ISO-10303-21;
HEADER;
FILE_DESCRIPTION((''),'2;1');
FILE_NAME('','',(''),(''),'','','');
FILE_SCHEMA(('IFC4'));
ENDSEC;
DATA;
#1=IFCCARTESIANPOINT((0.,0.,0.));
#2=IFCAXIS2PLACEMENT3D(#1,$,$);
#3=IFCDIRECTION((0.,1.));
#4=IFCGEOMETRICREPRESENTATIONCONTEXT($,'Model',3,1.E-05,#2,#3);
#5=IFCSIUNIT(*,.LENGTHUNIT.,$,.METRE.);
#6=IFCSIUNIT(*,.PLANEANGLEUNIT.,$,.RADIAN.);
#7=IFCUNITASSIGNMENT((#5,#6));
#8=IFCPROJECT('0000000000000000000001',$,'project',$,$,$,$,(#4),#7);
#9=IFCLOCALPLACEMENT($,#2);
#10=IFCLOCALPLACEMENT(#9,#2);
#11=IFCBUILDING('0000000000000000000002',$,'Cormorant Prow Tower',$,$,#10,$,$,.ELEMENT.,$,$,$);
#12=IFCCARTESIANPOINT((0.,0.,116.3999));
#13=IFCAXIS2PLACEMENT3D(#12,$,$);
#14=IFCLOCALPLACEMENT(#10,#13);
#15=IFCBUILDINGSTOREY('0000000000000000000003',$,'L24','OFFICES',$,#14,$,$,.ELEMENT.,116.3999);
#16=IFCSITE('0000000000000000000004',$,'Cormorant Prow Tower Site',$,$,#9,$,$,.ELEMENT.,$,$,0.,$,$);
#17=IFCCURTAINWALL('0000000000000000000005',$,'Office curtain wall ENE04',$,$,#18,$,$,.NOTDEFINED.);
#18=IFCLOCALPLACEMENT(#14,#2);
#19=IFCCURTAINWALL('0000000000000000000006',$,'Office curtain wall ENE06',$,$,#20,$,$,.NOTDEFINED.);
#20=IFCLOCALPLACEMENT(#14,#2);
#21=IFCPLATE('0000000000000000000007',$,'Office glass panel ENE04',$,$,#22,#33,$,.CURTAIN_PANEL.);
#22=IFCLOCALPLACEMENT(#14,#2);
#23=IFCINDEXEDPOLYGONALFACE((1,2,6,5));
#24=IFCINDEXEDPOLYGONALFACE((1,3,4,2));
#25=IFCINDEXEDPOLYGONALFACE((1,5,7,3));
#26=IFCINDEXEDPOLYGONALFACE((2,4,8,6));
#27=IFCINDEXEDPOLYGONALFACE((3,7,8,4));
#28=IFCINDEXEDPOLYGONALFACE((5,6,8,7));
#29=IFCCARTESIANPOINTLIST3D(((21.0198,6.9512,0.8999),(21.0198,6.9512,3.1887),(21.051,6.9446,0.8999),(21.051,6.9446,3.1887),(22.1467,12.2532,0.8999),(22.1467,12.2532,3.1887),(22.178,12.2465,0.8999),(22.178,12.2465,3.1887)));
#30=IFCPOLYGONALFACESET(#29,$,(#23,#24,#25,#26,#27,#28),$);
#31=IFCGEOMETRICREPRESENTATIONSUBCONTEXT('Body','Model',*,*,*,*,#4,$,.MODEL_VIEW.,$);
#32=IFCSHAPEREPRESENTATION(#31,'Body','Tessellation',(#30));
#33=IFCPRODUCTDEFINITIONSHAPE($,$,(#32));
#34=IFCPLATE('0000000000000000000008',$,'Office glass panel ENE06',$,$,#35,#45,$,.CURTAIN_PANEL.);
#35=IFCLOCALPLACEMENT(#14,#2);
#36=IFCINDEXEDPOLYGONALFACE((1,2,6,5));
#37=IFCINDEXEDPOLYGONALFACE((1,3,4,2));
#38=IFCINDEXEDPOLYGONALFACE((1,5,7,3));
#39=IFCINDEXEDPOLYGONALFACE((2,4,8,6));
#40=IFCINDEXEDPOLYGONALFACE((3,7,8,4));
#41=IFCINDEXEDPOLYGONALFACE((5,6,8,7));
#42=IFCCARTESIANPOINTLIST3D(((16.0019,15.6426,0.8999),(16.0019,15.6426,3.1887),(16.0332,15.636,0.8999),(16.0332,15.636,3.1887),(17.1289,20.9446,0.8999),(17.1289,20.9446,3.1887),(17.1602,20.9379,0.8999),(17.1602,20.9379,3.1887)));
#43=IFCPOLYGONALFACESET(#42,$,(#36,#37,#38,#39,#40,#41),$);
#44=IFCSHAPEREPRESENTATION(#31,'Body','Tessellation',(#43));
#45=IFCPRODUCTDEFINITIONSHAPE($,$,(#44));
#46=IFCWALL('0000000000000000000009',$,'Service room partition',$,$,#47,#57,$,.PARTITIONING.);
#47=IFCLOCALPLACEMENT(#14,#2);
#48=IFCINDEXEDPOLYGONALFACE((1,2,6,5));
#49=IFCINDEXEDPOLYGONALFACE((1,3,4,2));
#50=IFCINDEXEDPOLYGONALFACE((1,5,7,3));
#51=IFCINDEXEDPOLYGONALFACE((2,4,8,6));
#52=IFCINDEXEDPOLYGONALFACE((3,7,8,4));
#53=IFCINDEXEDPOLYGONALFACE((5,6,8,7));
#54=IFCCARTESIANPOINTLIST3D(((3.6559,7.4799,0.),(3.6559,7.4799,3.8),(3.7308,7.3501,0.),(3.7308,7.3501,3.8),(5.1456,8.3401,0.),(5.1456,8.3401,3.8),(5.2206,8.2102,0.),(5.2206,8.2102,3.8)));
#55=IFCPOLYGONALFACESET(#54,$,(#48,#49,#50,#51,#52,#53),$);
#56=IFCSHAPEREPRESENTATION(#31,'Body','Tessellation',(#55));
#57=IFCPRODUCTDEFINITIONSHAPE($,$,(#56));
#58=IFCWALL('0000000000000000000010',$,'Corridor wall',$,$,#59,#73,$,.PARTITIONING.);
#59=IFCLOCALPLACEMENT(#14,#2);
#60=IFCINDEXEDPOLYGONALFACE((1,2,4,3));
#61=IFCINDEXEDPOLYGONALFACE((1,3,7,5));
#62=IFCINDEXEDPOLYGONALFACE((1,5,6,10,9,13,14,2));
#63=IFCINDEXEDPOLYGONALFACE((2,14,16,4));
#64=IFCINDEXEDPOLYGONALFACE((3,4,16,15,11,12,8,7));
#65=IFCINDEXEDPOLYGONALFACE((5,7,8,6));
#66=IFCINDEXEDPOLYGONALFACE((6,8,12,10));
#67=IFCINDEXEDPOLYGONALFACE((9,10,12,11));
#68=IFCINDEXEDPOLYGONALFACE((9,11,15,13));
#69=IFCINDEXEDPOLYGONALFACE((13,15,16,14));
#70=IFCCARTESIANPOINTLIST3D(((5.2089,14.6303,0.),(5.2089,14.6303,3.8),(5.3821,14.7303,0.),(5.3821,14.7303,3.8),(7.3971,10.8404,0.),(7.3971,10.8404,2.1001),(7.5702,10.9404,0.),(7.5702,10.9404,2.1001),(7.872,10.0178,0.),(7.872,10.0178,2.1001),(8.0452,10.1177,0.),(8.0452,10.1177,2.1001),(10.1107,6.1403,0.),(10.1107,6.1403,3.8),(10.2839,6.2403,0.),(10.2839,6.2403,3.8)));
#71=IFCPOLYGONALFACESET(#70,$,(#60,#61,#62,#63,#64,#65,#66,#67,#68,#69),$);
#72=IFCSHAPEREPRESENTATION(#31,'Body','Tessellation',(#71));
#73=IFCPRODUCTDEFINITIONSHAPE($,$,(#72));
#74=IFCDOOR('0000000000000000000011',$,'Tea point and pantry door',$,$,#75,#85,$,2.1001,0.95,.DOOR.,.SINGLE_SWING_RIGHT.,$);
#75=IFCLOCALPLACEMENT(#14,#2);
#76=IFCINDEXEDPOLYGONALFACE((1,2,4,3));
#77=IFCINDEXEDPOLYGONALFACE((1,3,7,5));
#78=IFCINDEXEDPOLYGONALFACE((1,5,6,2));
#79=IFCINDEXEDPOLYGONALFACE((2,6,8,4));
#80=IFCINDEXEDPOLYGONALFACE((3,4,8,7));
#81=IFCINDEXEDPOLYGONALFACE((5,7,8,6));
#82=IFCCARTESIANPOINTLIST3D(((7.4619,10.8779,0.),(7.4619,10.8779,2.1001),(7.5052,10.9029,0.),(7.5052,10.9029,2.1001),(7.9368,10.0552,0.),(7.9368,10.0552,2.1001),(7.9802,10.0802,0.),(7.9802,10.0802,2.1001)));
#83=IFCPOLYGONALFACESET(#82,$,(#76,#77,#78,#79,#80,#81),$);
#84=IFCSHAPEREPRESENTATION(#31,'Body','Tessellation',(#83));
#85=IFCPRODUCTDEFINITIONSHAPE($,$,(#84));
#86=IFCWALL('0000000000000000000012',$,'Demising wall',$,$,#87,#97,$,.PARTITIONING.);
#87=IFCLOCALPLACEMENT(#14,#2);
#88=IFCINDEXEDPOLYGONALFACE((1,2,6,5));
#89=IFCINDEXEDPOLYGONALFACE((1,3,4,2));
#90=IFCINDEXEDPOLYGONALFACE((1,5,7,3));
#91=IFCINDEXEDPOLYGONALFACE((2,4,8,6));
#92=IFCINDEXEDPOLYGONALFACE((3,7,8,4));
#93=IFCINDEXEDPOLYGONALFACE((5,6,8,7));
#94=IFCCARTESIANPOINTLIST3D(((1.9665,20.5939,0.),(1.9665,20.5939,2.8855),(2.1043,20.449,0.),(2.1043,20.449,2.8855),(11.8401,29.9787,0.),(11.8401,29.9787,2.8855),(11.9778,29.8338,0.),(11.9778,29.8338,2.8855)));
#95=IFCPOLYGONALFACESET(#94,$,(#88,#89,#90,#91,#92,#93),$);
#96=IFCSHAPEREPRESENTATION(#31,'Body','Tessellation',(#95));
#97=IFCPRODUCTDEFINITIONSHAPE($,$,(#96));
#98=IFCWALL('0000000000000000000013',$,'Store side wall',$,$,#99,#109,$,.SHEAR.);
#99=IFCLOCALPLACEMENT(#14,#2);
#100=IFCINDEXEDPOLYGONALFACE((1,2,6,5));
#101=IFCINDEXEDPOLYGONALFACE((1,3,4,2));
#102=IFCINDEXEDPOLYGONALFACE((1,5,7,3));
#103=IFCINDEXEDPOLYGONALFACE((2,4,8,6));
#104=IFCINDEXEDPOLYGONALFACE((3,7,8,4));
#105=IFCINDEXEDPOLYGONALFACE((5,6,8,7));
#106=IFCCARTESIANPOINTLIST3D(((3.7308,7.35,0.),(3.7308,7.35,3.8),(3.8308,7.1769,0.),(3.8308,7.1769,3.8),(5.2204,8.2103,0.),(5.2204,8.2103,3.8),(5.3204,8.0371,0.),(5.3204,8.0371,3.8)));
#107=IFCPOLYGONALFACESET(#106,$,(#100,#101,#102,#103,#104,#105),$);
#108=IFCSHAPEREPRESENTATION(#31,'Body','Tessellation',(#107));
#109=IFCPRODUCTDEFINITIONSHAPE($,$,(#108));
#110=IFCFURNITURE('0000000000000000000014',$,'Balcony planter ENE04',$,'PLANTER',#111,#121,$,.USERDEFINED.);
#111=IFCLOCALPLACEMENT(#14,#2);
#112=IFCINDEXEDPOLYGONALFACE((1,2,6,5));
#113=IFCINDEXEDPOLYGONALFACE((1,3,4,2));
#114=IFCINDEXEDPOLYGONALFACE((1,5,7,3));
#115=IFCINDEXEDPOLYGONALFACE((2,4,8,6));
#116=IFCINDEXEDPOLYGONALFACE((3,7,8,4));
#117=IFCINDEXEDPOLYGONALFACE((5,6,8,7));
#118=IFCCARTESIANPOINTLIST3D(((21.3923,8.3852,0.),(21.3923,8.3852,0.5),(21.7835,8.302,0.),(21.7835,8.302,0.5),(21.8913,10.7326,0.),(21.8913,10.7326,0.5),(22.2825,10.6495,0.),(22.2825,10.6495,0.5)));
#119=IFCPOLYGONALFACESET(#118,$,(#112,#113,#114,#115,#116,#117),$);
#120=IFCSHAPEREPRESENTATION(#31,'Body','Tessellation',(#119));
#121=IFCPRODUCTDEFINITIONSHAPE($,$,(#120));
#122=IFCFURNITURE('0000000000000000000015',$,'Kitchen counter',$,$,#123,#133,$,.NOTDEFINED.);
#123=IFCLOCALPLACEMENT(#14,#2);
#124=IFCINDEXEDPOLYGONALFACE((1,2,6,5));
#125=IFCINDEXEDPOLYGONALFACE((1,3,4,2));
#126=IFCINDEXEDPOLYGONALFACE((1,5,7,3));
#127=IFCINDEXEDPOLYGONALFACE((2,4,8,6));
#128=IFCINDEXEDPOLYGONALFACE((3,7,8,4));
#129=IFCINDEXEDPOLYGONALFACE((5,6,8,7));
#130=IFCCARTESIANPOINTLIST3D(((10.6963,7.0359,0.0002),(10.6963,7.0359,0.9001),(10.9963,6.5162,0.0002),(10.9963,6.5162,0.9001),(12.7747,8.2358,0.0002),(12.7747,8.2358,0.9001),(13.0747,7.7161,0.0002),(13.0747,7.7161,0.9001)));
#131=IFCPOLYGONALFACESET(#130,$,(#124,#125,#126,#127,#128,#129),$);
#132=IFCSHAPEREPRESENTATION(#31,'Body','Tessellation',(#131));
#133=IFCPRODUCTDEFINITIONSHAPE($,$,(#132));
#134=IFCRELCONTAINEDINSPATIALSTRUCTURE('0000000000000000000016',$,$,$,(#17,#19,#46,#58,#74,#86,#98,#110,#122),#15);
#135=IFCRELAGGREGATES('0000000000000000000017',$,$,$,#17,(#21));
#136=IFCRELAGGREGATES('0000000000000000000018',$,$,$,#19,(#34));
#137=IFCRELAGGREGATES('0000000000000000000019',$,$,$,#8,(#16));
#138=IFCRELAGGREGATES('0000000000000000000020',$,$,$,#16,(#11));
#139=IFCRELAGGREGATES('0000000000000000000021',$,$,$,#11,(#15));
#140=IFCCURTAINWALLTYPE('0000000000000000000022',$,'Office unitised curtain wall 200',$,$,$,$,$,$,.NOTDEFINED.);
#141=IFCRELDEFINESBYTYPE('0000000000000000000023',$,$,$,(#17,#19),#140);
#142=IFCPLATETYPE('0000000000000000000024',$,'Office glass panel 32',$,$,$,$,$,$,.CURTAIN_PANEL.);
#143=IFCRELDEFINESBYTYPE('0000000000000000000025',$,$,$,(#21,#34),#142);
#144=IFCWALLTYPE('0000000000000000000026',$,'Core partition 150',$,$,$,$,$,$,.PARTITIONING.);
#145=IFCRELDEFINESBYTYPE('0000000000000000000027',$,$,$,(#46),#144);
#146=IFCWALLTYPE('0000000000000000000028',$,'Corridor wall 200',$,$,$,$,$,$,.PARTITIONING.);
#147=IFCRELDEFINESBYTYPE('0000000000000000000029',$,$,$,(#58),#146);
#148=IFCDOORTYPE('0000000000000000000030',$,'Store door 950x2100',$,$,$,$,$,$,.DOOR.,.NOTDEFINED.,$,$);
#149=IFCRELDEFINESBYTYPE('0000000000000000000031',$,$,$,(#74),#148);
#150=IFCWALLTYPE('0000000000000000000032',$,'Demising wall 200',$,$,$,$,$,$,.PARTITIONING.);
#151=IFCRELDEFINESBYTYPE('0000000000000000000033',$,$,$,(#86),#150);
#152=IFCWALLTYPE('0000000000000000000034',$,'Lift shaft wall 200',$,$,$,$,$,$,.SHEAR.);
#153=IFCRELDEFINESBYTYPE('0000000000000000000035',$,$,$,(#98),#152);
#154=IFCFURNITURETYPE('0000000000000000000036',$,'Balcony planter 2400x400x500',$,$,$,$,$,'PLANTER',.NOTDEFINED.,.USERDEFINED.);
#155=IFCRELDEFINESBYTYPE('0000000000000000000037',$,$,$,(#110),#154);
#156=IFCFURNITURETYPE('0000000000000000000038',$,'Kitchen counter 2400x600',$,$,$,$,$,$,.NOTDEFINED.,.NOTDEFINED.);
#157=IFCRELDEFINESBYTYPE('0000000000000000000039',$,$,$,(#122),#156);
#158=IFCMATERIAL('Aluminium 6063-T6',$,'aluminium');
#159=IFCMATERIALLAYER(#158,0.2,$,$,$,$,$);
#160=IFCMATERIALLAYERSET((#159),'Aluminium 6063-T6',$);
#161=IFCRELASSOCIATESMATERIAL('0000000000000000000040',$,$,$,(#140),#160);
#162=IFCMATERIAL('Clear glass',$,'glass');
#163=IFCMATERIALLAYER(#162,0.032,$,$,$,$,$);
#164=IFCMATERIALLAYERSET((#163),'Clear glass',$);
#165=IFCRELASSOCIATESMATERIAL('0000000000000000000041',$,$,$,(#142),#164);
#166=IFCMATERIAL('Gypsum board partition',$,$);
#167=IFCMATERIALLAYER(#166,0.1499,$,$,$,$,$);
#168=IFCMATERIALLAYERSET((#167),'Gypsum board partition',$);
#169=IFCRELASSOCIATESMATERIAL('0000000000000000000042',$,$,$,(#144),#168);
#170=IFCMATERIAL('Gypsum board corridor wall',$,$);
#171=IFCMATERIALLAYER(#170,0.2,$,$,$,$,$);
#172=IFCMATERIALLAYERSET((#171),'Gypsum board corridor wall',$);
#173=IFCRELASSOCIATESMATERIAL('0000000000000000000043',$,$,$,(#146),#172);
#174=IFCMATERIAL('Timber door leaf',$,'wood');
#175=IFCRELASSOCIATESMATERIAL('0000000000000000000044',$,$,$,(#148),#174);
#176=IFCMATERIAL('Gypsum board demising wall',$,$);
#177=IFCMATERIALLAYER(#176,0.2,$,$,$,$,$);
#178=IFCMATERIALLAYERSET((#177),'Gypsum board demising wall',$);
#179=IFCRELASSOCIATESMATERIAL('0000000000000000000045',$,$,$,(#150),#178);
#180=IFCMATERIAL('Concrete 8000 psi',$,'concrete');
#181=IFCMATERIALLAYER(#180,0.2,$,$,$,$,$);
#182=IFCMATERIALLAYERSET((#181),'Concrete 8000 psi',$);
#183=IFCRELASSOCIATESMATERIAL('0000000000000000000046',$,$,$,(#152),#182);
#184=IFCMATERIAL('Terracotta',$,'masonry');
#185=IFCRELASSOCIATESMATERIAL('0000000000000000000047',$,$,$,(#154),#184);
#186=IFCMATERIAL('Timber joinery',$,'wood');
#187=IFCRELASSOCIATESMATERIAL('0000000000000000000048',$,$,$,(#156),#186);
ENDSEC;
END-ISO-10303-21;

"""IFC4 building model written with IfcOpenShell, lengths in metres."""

from ifc_helpers import new_model, si_unit, direction, frame, frame_2d, origin, origin_2d, place, context, subcontext, project, spatial, rectangle, extrude, material, layer, layer_set, type_object, element, fill, aggregate, save


model = new_model("IFC4")

# Units and contexts
model_context = context("Model", 3, precision=1e-05, world=origin(), true_north=direction((0.0, 1.0)))
body_context = subcontext(model_context, "Body", "Model", "MODEL_VIEW")
ifc_project = project(units=[si_unit("LENGTHUNIT", "METRE"), si_unit("PLANEANGLEUNIT", "RADIAN")], contexts=[model_context])

# Site, building, storey
site_placement = place(None, origin())
site = spatial("IfcSite", under=ifc_project, at=site_placement, Name="Cormorant Prow Tower Site", CompositionType="ELEMENT", RefElevation=0.0)
building_placement = place(site_placement, origin())
building = spatial("IfcBuilding", under=site, at=building_placement, Name="Cormorant Prow Tower", CompositionType="ELEMENT")
storey_placement = place(building_placement, frame((0.0, 0.0, 116.3999)))
storey = spatial("IfcBuildingStorey", under=building, at=storey_placement, Name="L24", Description="OFFICES", CompositionType="ELEMENT", Elevation=116.3999)

# Curtain walls
ifc_material_1 = material(Name="Aluminium 6063-T6", Category="aluminium")
ifc_layer_1 = layer(ifc_material_1, 0.2)
ifc_layer_set_1 = layer_set([ifc_layer_1], Name="Aluminium 6063-T6")
curtain_wall_type = type_object("IfcCurtainWallType", Name="Office unitised curtain wall 200", PredefinedType="NOTDEFINED", material=ifc_layer_set_1)
curtain_wall_1_placement = place(storey_placement, origin())
curtain_wall_1 = element("IfcCurtainWall", 1, at=curtain_wall_1_placement, inside=storey, type_object=curtain_wall_type, Name="Office curtain wall ENE04", PredefinedType="NOTDEFINED")
curtain_wall_2_placement = place(storey_placement, origin())
curtain_wall_2 = element("IfcCurtainWall", 2, at=curtain_wall_2_placement, inside=storey, type_object=curtain_wall_type, Name="Office curtain wall ENE06", PredefinedType="NOTDEFINED")

# Plates
ifc_material_2 = material(Name="Clear glass", Category="glass")
ifc_layer_2 = layer(ifc_material_2, 0.032)
ifc_layer_set_2 = layer_set([ifc_layer_2], Name="Clear glass")
plate_type = type_object("IfcPlateType", Name="Office glass panel 32", PredefinedType="CURTAIN_PANEL", material=ifc_layer_set_2)
plate_1_placement = place(storey_placement, frame((21.5989, 9.5989, 0.8999), z_axis=(0.0, 0.0, 1.0), x_axis=(0.207912, 0.978148, 0.0)))
plate_1 = element("IfcPlate", 3, at=plate_1_placement, type_object=plate_type, Name="Office glass panel ENE04", PredefinedType="CURTAIN_PANEL", context=body_context, shape_type="SweptSolid", body=[
    extrude(rectangle(XDim=5.4204, YDim=0.032, at=origin_2d()), origin(), (0.0, 0.0, 1.0), 2.2888),
])
aggregate(curtain_wall_1, [plate_1])
plate_2_placement = place(storey_placement, frame((16.5811, 18.2903, 0.8999), z_axis=(0.0, 0.0, 1.0), x_axis=(0.207912, 0.978148, 0.0)))
plate_2 = element("IfcPlate", 4, at=plate_2_placement, type_object=plate_type, Name="Office glass panel ENE06", PredefinedType="CURTAIN_PANEL", context=body_context, shape_type="SweptSolid", body=[
    extrude(rectangle(XDim=5.4204, YDim=0.032, at=origin_2d()), origin(), (0.0, 0.0, 1.0), 2.2888),
])
aggregate(curtain_wall_2, [plate_2])

# Wall
ifc_material_3 = material(Name="Gypsum board partition")
ifc_layer_3 = layer(ifc_material_3, 0.1499)
ifc_layer_set_3 = layer_set([ifc_layer_3], Name="Gypsum board partition")
wall_type_1 = type_object("IfcWallType", Name="Core partition 150", PredefinedType="PARTITIONING", material=ifc_layer_set_3)
wall_1_placement = place(storey_placement, frame((3.6934, 7.415, 0.0), z_axis=(0.0, 0.0, 1.0), x_axis=(0.866025, 0.500001, 0.0)))
element("IfcWall", 5, at=wall_1_placement, inside=storey, type_object=wall_type_1, Name="Service room partition", PredefinedType="PARTITIONING", context=body_context, shape_type="SweptSolid", body=[
    extrude(rectangle(XDim=1.7202, YDim=0.1499, at=frame_2d((0.8601, 0.0))), origin(), (0.0, 0.0, 1.0), 3.8),
])

# Wall, opening, door
ifc_material_4 = material(Name="Gypsum board corridor wall")
ifc_layer_4 = layer(ifc_material_4, 0.2)
ifc_layer_set_4 = layer_set([ifc_layer_4], Name="Gypsum board corridor wall")
wall_type_2 = type_object("IfcWallType", Name="Corridor wall 200", PredefinedType="PARTITIONING", material=ifc_layer_set_4)
wall_2_placement = place(storey_placement, frame((5.2954, 14.6804, 0.0), z_axis=(0.0, 0.0, 1.0), x_axis=(0.500012, -0.866018, 0.0)))
wall_2 = element("IfcWall", 6, at=wall_2_placement, inside=storey, type_object=wall_type_2, Name="Corridor wall", PredefinedType="PARTITIONING", context=body_context, shape_type="SweptSolid", body=[
    extrude(rectangle(XDim=9.8035, YDim=0.2, at=frame_2d((4.9019, 0.0))), origin(), (0.0, 0.0, 1.0), 3.8),
])
opening_1_placement = place(wall_2_placement, frame((4.3762, 0.0, 0.0)))
opening_1 = element("IfcOpeningElement", 7, at=opening_1_placement, cuts=wall_2, PredefinedType="OPENING", context=body_context, shape_type="SweptSolid", body=[
    extrude(rectangle(XDim=0.95, YDim=2.1001, at=frame_2d((0.4751, 1.05))), frame((0.0, 0.1099, 0.0), z_axis=(0.0, -1.0, 0.0), x_axis=(1.0, 0.0, 0.0)), (0.0, 0.0, 1.0), 0.22),
])
ifc_material_5 = material(Name="Timber door leaf", Category="wood")
door_type_1 = type_object("IfcDoorType", Name="Store door 950x2100", OperationType="NOTDEFINED", PredefinedType="DOOR", material=ifc_material_5)
door_1_placement = place(opening_1_placement, origin())
door_1 = element("IfcDoor", 8, at=door_1_placement, inside=storey, type_object=door_type_1, Name="Tea point and pantry door", OperationType="SINGLE_SWING_RIGHT", OverallHeight=2.1001, OverallWidth=0.95, PredefinedType="DOOR", context=body_context, shape_type="SweptSolid", body=[
    extrude(rectangle(XDim=0.95, YDim=2.1001, at=frame_2d((0.4751, 1.05))), frame((0.0, 0.0249, 0.0), z_axis=(0.0, -1.0, 0.0), x_axis=(1.0, 0.0, 0.0)), (0.0, 0.0, 1.0), 0.05),
])
fill(opening_1, door_1)

# Walls
ifc_material_6 = material(Name="Gypsum board demising wall")
ifc_layer_5 = layer(ifc_material_6, 0.2)
ifc_layer_set_5 = layer_set([ifc_layer_5], Name="Gypsum board demising wall")
wall_type_3 = type_object("IfcWallType", Name="Demising wall 200", PredefinedType="PARTITIONING", material=ifc_layer_set_5)
wall_3_placement = place(storey_placement, frame((2.0354, 20.5215, 0.0), z_axis=(0.0, 0.0, 1.0), x_axis=(0.72482, 0.688939, 0.0)))
element("IfcWall", 9, at=wall_3_placement, inside=storey, type_object=wall_type_3, Name="Demising wall", PredefinedType="PARTITIONING", context=body_context, shape_type="SweptSolid", body=[
    extrude(rectangle(XDim=13.6221, YDim=0.2, at=frame_2d((6.811, 0.0))), origin(), (0.0, 0.0, 1.0), 2.8855),
])
ifc_material_7 = material(Name="Concrete 8000 psi", Category="concrete")
ifc_layer_6 = layer(ifc_material_7, 0.2)
ifc_layer_set_6 = layer_set([ifc_layer_6], Name="Concrete 8000 psi")
wall_type_4 = type_object("IfcWallType", Name="Lift shaft wall 200", PredefinedType="SHEAR", material=ifc_layer_set_6)
wall_4_placement = place(storey_placement, frame((3.7808, 7.2634, 0.0), z_axis=(0.0, 0.0, 1.0), x_axis=(0.865963, 0.500107, 0.0)))
element("IfcWall", 10, at=wall_4_placement, inside=storey, type_object=wall_type_4, Name="Store side wall", PredefinedType="SHEAR", context=body_context, shape_type="SweptSolid", body=[
    extrude(rectangle(XDim=1.7202, YDim=0.2, at=frame_2d((0.8601, 0.0))), origin(), (0.0, 0.0, 1.0), 3.8),
])

# Furniture
ifc_material_8 = material(Name="Terracotta", Category="masonry")
furniture_type_1 = type_object("IfcFurnitureType", Name="Balcony planter 2400x400x500", ElementType="PLANTER", AssemblyPlace="NOTDEFINED", PredefinedType="USERDEFINED", material=ifc_material_8)
furniture_1_placement = place(storey_placement, frame((21.8374, 9.5173, 0.0), z_axis=(0.0, 0.0, 1.0), x_axis=(0.207912, 0.978148, 0.0)))
element("IfcFurniture", 11, at=furniture_1_placement, inside=storey, type_object=furniture_type_1, Name="Balcony planter ENE04", ObjectType="PLANTER", PredefinedType="USERDEFINED", context=body_context, shape_type="SweptSolid", body=[
    extrude(rectangle(XDim=2.3999, YDim=0.3999, at=origin_2d()), origin(), (0.0, 0.0, 1.0), 0.5),
])
ifc_material_9 = material(Name="Timber joinery", Category="wood")
furniture_type_2 = type_object("IfcFurnitureType", Name="Kitchen counter 2400x600", AssemblyPlace="NOTDEFINED", PredefinedType="NOTDEFINED", material=ifc_material_9)
furniture_2_placement = place(storey_placement, frame((11.8855, 7.376, 0.0002), z_axis=(0.0, 0.0, 1.0), x_axis=(-0.866025, -0.5, 0.0)))
element("IfcFurniture", 12, at=furniture_2_placement, inside=storey, type_object=furniture_type_2, Name="Kitchen counter", PredefinedType="NOTDEFINED", context=body_context, shape_type="SweptSolid", body=[
    extrude(rectangle(XDim=2.3999, YDim=0.6001, at=origin_2d()), origin(), (0.0, 0.0, 1.0), 0.8999),
])

save(model, "model.ifc")
